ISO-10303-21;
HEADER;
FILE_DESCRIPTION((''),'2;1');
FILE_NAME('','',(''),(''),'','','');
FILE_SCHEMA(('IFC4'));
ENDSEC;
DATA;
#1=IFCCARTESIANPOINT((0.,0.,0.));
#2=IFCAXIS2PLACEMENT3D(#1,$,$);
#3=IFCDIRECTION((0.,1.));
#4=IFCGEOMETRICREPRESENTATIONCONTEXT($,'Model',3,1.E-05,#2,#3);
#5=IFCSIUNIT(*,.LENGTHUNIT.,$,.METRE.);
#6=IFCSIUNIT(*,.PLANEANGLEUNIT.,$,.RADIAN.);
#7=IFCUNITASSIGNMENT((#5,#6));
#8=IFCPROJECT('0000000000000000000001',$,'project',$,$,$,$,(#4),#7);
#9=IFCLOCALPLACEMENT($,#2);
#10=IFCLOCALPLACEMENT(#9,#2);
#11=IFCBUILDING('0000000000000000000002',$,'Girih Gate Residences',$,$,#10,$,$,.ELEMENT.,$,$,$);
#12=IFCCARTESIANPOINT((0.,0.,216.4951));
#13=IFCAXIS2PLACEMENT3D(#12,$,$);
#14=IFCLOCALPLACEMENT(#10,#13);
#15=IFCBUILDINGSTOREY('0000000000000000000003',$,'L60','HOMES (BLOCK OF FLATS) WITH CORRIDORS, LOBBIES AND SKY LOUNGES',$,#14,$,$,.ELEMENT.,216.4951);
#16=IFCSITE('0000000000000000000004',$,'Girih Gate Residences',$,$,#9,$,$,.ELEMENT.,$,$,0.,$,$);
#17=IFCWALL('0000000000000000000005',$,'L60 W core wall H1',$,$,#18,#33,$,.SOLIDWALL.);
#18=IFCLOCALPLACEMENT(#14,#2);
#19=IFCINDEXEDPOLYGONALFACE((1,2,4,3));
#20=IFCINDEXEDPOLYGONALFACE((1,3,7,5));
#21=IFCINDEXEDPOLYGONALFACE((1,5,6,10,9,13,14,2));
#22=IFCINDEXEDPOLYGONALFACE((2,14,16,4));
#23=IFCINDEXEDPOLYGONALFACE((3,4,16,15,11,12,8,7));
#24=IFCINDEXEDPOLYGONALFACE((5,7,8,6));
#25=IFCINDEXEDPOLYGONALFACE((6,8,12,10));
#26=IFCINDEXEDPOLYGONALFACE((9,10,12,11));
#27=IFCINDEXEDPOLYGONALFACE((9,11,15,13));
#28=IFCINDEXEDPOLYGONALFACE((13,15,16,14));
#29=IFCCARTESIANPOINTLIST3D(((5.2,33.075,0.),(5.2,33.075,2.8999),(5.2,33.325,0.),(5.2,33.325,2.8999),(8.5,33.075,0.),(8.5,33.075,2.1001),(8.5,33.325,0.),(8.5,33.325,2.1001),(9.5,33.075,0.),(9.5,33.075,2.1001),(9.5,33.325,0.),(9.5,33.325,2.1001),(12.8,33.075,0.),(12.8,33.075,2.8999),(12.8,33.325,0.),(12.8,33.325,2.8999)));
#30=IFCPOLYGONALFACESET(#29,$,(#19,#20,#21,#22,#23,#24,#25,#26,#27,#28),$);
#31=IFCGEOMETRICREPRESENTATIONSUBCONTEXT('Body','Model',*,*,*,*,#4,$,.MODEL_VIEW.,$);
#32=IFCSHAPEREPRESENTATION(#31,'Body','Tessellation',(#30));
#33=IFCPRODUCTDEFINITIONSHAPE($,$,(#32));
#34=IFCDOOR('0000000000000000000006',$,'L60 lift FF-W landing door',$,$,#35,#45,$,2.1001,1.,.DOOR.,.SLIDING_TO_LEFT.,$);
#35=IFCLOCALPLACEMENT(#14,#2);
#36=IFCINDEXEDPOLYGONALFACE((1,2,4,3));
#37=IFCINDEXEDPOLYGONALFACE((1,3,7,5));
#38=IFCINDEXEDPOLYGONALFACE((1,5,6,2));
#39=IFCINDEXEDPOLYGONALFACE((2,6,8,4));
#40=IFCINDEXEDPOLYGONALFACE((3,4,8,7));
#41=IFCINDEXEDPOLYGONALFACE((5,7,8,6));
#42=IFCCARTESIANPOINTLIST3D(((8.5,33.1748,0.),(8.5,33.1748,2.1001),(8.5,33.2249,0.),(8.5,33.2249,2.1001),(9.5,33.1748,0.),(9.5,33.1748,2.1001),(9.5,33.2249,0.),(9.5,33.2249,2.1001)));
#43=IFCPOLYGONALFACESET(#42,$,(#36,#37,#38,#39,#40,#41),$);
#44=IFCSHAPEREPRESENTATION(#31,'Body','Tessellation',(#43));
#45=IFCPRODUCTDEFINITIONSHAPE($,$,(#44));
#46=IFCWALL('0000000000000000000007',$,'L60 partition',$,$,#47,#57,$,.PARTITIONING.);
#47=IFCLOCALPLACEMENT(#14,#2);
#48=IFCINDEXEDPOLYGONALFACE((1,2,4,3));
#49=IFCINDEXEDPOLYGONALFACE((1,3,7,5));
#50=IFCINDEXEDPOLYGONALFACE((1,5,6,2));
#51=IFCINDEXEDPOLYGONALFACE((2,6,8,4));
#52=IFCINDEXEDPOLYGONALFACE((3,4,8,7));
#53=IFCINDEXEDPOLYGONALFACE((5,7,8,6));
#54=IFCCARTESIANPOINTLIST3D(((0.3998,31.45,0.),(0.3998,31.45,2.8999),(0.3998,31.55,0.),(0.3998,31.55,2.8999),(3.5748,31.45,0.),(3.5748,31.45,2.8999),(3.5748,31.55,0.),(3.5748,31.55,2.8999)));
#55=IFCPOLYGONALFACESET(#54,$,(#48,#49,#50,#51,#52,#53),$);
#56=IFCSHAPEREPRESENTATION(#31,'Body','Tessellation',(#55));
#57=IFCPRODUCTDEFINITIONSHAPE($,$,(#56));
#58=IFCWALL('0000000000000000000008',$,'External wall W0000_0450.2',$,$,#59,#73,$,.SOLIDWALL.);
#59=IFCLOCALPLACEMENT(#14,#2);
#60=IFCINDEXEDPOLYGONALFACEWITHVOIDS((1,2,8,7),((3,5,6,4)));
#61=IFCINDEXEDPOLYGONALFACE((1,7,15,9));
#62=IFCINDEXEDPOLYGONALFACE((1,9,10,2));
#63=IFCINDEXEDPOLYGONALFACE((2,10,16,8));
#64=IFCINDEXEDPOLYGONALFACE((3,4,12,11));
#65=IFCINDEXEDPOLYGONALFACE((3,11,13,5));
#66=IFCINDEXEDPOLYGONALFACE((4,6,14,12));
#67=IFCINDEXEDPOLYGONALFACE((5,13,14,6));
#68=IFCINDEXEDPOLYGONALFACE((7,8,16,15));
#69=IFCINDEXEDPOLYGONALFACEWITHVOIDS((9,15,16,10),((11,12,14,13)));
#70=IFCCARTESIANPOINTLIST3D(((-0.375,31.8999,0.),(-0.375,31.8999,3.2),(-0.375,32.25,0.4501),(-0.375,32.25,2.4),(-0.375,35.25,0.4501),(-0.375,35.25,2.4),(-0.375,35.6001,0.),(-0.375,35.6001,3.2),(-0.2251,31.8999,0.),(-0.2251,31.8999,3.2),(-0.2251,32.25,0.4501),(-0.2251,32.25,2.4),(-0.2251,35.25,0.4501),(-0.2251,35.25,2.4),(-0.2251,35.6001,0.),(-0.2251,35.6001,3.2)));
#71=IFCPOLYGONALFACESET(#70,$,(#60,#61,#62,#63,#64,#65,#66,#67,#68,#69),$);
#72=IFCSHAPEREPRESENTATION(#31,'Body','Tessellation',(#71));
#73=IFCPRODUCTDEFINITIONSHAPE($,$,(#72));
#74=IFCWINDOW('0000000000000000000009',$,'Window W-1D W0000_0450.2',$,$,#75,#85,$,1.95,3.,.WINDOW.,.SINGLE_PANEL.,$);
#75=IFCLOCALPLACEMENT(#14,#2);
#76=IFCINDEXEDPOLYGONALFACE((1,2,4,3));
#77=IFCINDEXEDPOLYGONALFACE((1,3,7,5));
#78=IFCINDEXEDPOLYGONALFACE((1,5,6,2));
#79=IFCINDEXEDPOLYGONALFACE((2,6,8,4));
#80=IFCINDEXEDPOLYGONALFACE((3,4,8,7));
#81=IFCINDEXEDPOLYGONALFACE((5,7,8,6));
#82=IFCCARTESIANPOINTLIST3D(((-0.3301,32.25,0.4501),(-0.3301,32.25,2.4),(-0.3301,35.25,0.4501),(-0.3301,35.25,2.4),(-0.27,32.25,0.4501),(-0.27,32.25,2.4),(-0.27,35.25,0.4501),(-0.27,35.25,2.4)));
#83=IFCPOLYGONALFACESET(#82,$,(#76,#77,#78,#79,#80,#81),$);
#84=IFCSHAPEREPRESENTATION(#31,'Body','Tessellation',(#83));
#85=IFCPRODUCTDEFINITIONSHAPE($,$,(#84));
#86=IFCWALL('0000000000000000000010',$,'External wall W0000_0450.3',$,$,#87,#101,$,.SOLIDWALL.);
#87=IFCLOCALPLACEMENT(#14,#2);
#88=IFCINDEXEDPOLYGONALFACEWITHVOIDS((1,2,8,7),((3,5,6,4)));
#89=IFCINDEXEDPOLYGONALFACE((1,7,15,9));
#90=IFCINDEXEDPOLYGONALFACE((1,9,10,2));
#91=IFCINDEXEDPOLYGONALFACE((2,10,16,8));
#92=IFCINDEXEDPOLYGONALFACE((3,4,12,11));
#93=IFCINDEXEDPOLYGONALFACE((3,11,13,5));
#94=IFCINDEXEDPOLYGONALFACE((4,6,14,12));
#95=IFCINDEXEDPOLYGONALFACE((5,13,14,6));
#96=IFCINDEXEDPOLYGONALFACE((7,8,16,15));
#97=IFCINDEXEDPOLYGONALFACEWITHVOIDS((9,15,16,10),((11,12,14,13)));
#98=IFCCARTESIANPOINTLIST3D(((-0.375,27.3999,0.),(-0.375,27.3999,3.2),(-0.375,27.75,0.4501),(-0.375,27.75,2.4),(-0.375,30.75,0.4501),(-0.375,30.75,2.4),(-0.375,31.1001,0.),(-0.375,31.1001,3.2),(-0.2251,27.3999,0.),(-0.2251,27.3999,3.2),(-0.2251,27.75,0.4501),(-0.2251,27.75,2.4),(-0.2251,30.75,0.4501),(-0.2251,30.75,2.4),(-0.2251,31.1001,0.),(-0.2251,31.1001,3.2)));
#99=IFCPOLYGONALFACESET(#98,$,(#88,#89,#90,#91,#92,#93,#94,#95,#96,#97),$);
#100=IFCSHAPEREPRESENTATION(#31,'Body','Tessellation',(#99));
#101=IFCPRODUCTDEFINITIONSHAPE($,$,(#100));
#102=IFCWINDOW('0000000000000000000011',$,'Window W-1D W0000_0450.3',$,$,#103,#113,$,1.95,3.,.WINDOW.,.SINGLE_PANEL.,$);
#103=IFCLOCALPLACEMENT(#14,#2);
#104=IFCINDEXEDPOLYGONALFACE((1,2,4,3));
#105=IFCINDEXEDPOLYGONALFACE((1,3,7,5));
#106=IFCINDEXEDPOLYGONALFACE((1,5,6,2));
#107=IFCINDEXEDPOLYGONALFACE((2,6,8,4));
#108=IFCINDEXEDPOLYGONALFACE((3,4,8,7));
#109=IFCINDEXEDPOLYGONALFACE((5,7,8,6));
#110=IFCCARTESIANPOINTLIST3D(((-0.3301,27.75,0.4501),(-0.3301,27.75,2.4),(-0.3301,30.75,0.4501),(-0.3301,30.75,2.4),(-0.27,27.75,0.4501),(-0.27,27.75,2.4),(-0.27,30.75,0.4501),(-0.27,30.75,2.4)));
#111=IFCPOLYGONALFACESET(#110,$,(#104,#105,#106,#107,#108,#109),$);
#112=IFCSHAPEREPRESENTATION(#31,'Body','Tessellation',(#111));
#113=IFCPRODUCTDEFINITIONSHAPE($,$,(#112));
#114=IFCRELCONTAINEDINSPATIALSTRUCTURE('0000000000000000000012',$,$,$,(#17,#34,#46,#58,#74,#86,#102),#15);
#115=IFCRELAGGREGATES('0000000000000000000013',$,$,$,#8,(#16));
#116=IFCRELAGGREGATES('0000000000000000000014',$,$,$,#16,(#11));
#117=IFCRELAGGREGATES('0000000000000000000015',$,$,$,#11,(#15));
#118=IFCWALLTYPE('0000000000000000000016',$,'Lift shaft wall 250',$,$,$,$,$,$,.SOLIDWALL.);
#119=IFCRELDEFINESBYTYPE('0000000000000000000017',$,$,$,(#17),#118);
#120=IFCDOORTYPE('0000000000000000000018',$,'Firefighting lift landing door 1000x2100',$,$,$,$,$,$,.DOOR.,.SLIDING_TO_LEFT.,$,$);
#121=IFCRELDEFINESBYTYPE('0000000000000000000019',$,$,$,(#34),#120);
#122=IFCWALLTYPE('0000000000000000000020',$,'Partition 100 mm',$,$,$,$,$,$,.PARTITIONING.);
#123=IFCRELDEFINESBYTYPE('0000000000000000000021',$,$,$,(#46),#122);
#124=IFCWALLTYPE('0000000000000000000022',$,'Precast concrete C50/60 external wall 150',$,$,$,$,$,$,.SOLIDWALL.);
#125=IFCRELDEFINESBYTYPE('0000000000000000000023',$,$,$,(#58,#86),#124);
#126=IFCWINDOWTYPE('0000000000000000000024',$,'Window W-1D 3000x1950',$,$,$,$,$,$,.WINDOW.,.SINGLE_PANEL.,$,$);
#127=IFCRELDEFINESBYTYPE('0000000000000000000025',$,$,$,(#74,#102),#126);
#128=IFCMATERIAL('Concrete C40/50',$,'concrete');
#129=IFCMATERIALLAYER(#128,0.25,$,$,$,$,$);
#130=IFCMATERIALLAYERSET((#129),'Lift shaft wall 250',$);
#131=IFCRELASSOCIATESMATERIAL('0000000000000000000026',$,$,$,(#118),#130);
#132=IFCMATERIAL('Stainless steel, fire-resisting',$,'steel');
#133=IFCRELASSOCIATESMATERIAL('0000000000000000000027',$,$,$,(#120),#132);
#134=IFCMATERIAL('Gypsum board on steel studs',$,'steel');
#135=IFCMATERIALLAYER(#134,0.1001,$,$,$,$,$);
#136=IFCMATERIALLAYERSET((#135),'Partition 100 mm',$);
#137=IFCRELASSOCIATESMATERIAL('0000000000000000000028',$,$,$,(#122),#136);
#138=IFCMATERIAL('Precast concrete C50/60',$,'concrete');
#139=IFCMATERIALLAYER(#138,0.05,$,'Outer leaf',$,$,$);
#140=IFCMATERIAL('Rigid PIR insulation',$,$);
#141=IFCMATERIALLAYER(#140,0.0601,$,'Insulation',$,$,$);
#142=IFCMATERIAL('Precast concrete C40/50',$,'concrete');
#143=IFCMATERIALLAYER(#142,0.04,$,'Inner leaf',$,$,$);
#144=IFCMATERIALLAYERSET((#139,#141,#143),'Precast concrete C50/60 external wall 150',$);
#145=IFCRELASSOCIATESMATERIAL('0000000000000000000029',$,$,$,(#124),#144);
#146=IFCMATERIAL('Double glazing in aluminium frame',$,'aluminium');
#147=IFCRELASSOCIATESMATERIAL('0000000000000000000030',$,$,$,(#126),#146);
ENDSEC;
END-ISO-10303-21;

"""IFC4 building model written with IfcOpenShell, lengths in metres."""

from ifc_helpers import new_model, si_unit, direction, frame, frame_2d, origin, place, context, subcontext, project, spatial, rectangle, extrude, material, layer, layer_set, type_object, element, fill, save


model = new_model("IFC4")

# Units and contexts
model_context = context("Model", 3, precision=1e-05, world=origin(), true_north=direction((0.0, 1.0)))
body_context = subcontext(model_context, "Body", "Model", "MODEL_VIEW")
ifc_project = project(units=[si_unit("LENGTHUNIT", "METRE"), si_unit("PLANEANGLEUNIT", "RADIAN")], contexts=[model_context])

# Site, building, storey
site_placement = place(None, origin())
site = spatial("IfcSite", under=ifc_project, at=site_placement, Name="Girih Gate Residences", CompositionType="ELEMENT", RefElevation=0.0)
building_placement = place(site_placement, origin())
building = spatial("IfcBuilding", under=site, at=building_placement, Name="Girih Gate Residences", CompositionType="ELEMENT")
storey_placement = place(building_placement, frame((0.0, 0.0, 216.4951)))
storey = spatial("IfcBuildingStorey", under=building, at=storey_placement, Name="L60", Description="HOMES (BLOCK OF FLATS) WITH CORRIDORS, LOBBIES AND SKY LOUNGES", CompositionType="ELEMENT", Elevation=216.4951)

# Shared definitions
ifc_material_1 = material(Name="Gypsum board on steel studs", Category="steel")

# Wall, opening, door
ifc_material_2 = material(Name="Concrete C40/50", Category="concrete")
ifc_layer_1 = layer(ifc_material_2, 0.25)
ifc_layer_set_1 = layer_set([ifc_layer_1], Name="Lift shaft wall 250")
wall_type_1 = type_object("IfcWallType", Name="Lift shaft wall 250", PredefinedType="SOLIDWALL", material=ifc_layer_set_1)
wall_1_placement = place(storey_placement, frame((5.2, 33.2, 0.0), z_axis=(0.0, 0.0, 1.0), x_axis=(1.0, 0.0, 0.0)))
wall_1 = element("IfcWall", 1, at=wall_1_placement, inside=storey, type_object=wall_type_1, Name="L60 W core wall H1", PredefinedType="SOLIDWALL", context=body_context, shape_type="SweptSolid", body=[
    extrude(rectangle(XDim=7.6001, YDim=0.25, at=frame_2d((3.8, 0.0))), origin(), (0.0, 0.0, 1.0), 2.8999),
])
opening_1_placement = place(wall_1_placement, frame((3.3, 0.0, 0.0)))
opening_1 = element("IfcOpeningElement", 2, at=opening_1_placement, cuts=wall_1, PredefinedType="OPENING", context=body_context, shape_type="SweptSolid", body=[
    extrude(rectangle(XDim=1.0, YDim=2.1001, at=frame_2d((0.5, 1.05))), frame((0.0, 0.135, 0.0), z_axis=(0.0, -1.0, 0.0), x_axis=(1.0, 0.0, 0.0)), (0.0, 0.0, 1.0), 0.27),
])
ifc_material_3 = material(Name="Stainless steel, fire-resisting", Category="steel")
door_type_1 = type_object("IfcDoorType", Name="Firefighting lift landing door 1000x2100", OperationType="SLIDING_TO_LEFT", PredefinedType="DOOR", material=ifc_material_3)
door_1_placement = place(opening_1_placement, origin())
door_1 = element("IfcDoor", 3, at=door_1_placement, inside=storey, type_object=door_type_1, Name="L60 lift FF-W landing door", OperationType="SLIDING_TO_LEFT", OverallHeight=2.1001, OverallWidth=1.0, PredefinedType="DOOR", context=body_context, shape_type="SweptSolid", body=[
    extrude(rectangle(XDim=1.0, YDim=2.1001, at=frame_2d((0.5, 1.05))), frame((0.0, 0.0249, 0.0), z_axis=(0.0, -1.0, 0.0), x_axis=(1.0, 0.0, 0.0)), (0.0, 0.0, 1.0), 0.05),
])
fill(opening_1, door_1)

# Wall
ifc_layer_2 = layer(ifc_material_1, 0.1001)
ifc_layer_set_2 = layer_set([ifc_layer_2], Name="Partition 100 mm")
wall_type_2 = type_object("IfcWallType", Name="Partition 100 mm", PredefinedType="PARTITIONING", material=ifc_layer_set_2)
wall_2_placement = place(storey_placement, frame((0.3999, 31.5, 0.0), z_axis=(0.0, 0.0, 1.0), x_axis=(1.0, 0.0, 0.0)))
element("IfcWall", 4, at=wall_2_placement, inside=storey, type_object=wall_type_2, Name="L60 partition", PredefinedType="PARTITIONING", context=body_context, shape_type="SweptSolid", body=[
    extrude(rectangle(XDim=3.175, YDim=0.1001, at=frame_2d((1.5874, 0.0))), origin(), (0.0, 0.0, 1.0), 2.8999),
])

# Walls, openings, windows
ifc_material_4 = material(Name="Precast concrete C50/60", Category="concrete")
ifc_layer_3 = layer(ifc_material_4, 0.05, Name="Outer leaf")
ifc_material_5 = material(Name="Rigid PIR insulation")
ifc_layer_4 = layer(ifc_material_5, 0.0601, Name="Insulation")
ifc_material_6 = material(Name="Precast concrete C40/50", Category="concrete")
ifc_layer_5 = layer(ifc_material_6, 0.04, Name="Inner leaf")
ifc_layer_set_3 = layer_set([ifc_layer_3, ifc_layer_4, ifc_layer_5], Name="Precast concrete C50/60 external wall 150")
wall_type_3 = type_object("IfcWallType", Name="Precast concrete C50/60 external wall 150", PredefinedType="SOLIDWALL", material=ifc_layer_set_3)
wall_3_placement = place(storey_placement, frame((-0.3, 31.8999, 0.0), z_axis=(0.0, 0.0, 1.0), x_axis=(0.0, 1.0, 0.0)))
wall_3 = element("IfcWall", 5, at=wall_3_placement, inside=storey, type_object=wall_type_3, Name="External wall W0000_0450.2", PredefinedType="SOLIDWALL", context=body_context, shape_type="SweptSolid", body=[
    extrude(rectangle(XDim=3.7002, YDim=0.1499, at=frame_2d((1.8501, 0.0))), origin(), (0.0, 0.0, 1.0), 3.2),
])
opening_2_placement = place(wall_3_placement, frame((0.3501, 0.0, 0.45)))
opening_2 = element("IfcOpeningElement", 6, at=opening_2_placement, cuts=wall_3, PredefinedType="OPENING", context=body_context, shape_type="SweptSolid", body=[
    extrude(rectangle(XDim=3.0, YDim=1.95, at=frame_2d((1.5, 0.9751))), frame((0.0, 0.085, 0.0), z_axis=(0.0, -1.0, 0.0), x_axis=(1.0, 0.0, 0.0)), (0.0, 0.0, 1.0), 0.1699),
])
ifc_material_7 = material(Name="Double glazing in aluminium frame", Category="aluminium")
window_type = type_object("IfcWindowType", Name="Window W-1D 3000x1950", PartitioningType="SINGLE_PANEL", PredefinedType="WINDOW", material=ifc_material_7)
window_1_placement = place(opening_2_placement, origin())
window_1 = element("IfcWindow", 7, at=window_1_placement, inside=storey, type_object=window_type, Name="Window W-1D W0000_0450.2", OverallHeight=1.95, OverallWidth=3.0, PartitioningType="SINGLE_PANEL", PredefinedType="WINDOW", context=body_context, shape_type="SweptSolid", body=[
    extrude(rectangle(XDim=3.0, YDim=1.95, at=frame_2d((1.5, 0.9751))), frame((0.0, 0.03, 0.0), z_axis=(0.0, -1.0, 0.0), x_axis=(1.0, 0.0, 0.0)), (0.0, 0.0, 1.0), 0.0601),
])
fill(opening_2, window_1)
wall_4_placement = place(storey_placement, frame((-0.3, 27.3999, 0.0), z_axis=(0.0, 0.0, 1.0), x_axis=(0.0, 1.0, 0.0)))
wall_4 = element("IfcWall", 8, at=wall_4_placement, inside=storey, type_object=wall_type_3, Name="External wall W0000_0450.3", PredefinedType="SOLIDWALL", context=body_context, shape_type="SweptSolid", body=[
    extrude(rectangle(XDim=3.7002, YDim=0.1499, at=frame_2d((1.8501, 0.0))), origin(), (0.0, 0.0, 1.0), 3.2),
])
opening_3_placement = place(wall_4_placement, frame((0.3501, 0.0, 0.45)))
opening_3 = element("IfcOpeningElement", 9, at=opening_3_placement, cuts=wall_4, PredefinedType="OPENING", context=body_context, shape_type="SweptSolid", body=[
    extrude(rectangle(XDim=3.0, YDim=1.95, at=frame_2d((1.5, 0.9751))), frame((0.0, 0.085, 0.0), z_axis=(0.0, -1.0, 0.0), x_axis=(1.0, 0.0, 0.0)), (0.0, 0.0, 1.0), 0.1699),
])
window_2_placement = place(opening_3_placement, origin())
window_2 = element("IfcWindow", 10, at=window_2_placement, inside=storey, type_object=window_type, Name="Window W-1D W0000_0450.3", OverallHeight=1.95, OverallWidth=3.0, PartitioningType="SINGLE_PANEL", PredefinedType="WINDOW", context=body_context, shape_type="SweptSolid", body=[
    extrude(rectangle(XDim=3.0, YDim=1.95, at=frame_2d((1.5, 0.9751))), frame((0.0, 0.03, 0.0), z_axis=(0.0, -1.0, 0.0), x_axis=(1.0, 0.0, 0.0)), (0.0, 0.0, 1.0), 0.0601),
])
fill(opening_3, window_2)

save(model, "model.ifc")
